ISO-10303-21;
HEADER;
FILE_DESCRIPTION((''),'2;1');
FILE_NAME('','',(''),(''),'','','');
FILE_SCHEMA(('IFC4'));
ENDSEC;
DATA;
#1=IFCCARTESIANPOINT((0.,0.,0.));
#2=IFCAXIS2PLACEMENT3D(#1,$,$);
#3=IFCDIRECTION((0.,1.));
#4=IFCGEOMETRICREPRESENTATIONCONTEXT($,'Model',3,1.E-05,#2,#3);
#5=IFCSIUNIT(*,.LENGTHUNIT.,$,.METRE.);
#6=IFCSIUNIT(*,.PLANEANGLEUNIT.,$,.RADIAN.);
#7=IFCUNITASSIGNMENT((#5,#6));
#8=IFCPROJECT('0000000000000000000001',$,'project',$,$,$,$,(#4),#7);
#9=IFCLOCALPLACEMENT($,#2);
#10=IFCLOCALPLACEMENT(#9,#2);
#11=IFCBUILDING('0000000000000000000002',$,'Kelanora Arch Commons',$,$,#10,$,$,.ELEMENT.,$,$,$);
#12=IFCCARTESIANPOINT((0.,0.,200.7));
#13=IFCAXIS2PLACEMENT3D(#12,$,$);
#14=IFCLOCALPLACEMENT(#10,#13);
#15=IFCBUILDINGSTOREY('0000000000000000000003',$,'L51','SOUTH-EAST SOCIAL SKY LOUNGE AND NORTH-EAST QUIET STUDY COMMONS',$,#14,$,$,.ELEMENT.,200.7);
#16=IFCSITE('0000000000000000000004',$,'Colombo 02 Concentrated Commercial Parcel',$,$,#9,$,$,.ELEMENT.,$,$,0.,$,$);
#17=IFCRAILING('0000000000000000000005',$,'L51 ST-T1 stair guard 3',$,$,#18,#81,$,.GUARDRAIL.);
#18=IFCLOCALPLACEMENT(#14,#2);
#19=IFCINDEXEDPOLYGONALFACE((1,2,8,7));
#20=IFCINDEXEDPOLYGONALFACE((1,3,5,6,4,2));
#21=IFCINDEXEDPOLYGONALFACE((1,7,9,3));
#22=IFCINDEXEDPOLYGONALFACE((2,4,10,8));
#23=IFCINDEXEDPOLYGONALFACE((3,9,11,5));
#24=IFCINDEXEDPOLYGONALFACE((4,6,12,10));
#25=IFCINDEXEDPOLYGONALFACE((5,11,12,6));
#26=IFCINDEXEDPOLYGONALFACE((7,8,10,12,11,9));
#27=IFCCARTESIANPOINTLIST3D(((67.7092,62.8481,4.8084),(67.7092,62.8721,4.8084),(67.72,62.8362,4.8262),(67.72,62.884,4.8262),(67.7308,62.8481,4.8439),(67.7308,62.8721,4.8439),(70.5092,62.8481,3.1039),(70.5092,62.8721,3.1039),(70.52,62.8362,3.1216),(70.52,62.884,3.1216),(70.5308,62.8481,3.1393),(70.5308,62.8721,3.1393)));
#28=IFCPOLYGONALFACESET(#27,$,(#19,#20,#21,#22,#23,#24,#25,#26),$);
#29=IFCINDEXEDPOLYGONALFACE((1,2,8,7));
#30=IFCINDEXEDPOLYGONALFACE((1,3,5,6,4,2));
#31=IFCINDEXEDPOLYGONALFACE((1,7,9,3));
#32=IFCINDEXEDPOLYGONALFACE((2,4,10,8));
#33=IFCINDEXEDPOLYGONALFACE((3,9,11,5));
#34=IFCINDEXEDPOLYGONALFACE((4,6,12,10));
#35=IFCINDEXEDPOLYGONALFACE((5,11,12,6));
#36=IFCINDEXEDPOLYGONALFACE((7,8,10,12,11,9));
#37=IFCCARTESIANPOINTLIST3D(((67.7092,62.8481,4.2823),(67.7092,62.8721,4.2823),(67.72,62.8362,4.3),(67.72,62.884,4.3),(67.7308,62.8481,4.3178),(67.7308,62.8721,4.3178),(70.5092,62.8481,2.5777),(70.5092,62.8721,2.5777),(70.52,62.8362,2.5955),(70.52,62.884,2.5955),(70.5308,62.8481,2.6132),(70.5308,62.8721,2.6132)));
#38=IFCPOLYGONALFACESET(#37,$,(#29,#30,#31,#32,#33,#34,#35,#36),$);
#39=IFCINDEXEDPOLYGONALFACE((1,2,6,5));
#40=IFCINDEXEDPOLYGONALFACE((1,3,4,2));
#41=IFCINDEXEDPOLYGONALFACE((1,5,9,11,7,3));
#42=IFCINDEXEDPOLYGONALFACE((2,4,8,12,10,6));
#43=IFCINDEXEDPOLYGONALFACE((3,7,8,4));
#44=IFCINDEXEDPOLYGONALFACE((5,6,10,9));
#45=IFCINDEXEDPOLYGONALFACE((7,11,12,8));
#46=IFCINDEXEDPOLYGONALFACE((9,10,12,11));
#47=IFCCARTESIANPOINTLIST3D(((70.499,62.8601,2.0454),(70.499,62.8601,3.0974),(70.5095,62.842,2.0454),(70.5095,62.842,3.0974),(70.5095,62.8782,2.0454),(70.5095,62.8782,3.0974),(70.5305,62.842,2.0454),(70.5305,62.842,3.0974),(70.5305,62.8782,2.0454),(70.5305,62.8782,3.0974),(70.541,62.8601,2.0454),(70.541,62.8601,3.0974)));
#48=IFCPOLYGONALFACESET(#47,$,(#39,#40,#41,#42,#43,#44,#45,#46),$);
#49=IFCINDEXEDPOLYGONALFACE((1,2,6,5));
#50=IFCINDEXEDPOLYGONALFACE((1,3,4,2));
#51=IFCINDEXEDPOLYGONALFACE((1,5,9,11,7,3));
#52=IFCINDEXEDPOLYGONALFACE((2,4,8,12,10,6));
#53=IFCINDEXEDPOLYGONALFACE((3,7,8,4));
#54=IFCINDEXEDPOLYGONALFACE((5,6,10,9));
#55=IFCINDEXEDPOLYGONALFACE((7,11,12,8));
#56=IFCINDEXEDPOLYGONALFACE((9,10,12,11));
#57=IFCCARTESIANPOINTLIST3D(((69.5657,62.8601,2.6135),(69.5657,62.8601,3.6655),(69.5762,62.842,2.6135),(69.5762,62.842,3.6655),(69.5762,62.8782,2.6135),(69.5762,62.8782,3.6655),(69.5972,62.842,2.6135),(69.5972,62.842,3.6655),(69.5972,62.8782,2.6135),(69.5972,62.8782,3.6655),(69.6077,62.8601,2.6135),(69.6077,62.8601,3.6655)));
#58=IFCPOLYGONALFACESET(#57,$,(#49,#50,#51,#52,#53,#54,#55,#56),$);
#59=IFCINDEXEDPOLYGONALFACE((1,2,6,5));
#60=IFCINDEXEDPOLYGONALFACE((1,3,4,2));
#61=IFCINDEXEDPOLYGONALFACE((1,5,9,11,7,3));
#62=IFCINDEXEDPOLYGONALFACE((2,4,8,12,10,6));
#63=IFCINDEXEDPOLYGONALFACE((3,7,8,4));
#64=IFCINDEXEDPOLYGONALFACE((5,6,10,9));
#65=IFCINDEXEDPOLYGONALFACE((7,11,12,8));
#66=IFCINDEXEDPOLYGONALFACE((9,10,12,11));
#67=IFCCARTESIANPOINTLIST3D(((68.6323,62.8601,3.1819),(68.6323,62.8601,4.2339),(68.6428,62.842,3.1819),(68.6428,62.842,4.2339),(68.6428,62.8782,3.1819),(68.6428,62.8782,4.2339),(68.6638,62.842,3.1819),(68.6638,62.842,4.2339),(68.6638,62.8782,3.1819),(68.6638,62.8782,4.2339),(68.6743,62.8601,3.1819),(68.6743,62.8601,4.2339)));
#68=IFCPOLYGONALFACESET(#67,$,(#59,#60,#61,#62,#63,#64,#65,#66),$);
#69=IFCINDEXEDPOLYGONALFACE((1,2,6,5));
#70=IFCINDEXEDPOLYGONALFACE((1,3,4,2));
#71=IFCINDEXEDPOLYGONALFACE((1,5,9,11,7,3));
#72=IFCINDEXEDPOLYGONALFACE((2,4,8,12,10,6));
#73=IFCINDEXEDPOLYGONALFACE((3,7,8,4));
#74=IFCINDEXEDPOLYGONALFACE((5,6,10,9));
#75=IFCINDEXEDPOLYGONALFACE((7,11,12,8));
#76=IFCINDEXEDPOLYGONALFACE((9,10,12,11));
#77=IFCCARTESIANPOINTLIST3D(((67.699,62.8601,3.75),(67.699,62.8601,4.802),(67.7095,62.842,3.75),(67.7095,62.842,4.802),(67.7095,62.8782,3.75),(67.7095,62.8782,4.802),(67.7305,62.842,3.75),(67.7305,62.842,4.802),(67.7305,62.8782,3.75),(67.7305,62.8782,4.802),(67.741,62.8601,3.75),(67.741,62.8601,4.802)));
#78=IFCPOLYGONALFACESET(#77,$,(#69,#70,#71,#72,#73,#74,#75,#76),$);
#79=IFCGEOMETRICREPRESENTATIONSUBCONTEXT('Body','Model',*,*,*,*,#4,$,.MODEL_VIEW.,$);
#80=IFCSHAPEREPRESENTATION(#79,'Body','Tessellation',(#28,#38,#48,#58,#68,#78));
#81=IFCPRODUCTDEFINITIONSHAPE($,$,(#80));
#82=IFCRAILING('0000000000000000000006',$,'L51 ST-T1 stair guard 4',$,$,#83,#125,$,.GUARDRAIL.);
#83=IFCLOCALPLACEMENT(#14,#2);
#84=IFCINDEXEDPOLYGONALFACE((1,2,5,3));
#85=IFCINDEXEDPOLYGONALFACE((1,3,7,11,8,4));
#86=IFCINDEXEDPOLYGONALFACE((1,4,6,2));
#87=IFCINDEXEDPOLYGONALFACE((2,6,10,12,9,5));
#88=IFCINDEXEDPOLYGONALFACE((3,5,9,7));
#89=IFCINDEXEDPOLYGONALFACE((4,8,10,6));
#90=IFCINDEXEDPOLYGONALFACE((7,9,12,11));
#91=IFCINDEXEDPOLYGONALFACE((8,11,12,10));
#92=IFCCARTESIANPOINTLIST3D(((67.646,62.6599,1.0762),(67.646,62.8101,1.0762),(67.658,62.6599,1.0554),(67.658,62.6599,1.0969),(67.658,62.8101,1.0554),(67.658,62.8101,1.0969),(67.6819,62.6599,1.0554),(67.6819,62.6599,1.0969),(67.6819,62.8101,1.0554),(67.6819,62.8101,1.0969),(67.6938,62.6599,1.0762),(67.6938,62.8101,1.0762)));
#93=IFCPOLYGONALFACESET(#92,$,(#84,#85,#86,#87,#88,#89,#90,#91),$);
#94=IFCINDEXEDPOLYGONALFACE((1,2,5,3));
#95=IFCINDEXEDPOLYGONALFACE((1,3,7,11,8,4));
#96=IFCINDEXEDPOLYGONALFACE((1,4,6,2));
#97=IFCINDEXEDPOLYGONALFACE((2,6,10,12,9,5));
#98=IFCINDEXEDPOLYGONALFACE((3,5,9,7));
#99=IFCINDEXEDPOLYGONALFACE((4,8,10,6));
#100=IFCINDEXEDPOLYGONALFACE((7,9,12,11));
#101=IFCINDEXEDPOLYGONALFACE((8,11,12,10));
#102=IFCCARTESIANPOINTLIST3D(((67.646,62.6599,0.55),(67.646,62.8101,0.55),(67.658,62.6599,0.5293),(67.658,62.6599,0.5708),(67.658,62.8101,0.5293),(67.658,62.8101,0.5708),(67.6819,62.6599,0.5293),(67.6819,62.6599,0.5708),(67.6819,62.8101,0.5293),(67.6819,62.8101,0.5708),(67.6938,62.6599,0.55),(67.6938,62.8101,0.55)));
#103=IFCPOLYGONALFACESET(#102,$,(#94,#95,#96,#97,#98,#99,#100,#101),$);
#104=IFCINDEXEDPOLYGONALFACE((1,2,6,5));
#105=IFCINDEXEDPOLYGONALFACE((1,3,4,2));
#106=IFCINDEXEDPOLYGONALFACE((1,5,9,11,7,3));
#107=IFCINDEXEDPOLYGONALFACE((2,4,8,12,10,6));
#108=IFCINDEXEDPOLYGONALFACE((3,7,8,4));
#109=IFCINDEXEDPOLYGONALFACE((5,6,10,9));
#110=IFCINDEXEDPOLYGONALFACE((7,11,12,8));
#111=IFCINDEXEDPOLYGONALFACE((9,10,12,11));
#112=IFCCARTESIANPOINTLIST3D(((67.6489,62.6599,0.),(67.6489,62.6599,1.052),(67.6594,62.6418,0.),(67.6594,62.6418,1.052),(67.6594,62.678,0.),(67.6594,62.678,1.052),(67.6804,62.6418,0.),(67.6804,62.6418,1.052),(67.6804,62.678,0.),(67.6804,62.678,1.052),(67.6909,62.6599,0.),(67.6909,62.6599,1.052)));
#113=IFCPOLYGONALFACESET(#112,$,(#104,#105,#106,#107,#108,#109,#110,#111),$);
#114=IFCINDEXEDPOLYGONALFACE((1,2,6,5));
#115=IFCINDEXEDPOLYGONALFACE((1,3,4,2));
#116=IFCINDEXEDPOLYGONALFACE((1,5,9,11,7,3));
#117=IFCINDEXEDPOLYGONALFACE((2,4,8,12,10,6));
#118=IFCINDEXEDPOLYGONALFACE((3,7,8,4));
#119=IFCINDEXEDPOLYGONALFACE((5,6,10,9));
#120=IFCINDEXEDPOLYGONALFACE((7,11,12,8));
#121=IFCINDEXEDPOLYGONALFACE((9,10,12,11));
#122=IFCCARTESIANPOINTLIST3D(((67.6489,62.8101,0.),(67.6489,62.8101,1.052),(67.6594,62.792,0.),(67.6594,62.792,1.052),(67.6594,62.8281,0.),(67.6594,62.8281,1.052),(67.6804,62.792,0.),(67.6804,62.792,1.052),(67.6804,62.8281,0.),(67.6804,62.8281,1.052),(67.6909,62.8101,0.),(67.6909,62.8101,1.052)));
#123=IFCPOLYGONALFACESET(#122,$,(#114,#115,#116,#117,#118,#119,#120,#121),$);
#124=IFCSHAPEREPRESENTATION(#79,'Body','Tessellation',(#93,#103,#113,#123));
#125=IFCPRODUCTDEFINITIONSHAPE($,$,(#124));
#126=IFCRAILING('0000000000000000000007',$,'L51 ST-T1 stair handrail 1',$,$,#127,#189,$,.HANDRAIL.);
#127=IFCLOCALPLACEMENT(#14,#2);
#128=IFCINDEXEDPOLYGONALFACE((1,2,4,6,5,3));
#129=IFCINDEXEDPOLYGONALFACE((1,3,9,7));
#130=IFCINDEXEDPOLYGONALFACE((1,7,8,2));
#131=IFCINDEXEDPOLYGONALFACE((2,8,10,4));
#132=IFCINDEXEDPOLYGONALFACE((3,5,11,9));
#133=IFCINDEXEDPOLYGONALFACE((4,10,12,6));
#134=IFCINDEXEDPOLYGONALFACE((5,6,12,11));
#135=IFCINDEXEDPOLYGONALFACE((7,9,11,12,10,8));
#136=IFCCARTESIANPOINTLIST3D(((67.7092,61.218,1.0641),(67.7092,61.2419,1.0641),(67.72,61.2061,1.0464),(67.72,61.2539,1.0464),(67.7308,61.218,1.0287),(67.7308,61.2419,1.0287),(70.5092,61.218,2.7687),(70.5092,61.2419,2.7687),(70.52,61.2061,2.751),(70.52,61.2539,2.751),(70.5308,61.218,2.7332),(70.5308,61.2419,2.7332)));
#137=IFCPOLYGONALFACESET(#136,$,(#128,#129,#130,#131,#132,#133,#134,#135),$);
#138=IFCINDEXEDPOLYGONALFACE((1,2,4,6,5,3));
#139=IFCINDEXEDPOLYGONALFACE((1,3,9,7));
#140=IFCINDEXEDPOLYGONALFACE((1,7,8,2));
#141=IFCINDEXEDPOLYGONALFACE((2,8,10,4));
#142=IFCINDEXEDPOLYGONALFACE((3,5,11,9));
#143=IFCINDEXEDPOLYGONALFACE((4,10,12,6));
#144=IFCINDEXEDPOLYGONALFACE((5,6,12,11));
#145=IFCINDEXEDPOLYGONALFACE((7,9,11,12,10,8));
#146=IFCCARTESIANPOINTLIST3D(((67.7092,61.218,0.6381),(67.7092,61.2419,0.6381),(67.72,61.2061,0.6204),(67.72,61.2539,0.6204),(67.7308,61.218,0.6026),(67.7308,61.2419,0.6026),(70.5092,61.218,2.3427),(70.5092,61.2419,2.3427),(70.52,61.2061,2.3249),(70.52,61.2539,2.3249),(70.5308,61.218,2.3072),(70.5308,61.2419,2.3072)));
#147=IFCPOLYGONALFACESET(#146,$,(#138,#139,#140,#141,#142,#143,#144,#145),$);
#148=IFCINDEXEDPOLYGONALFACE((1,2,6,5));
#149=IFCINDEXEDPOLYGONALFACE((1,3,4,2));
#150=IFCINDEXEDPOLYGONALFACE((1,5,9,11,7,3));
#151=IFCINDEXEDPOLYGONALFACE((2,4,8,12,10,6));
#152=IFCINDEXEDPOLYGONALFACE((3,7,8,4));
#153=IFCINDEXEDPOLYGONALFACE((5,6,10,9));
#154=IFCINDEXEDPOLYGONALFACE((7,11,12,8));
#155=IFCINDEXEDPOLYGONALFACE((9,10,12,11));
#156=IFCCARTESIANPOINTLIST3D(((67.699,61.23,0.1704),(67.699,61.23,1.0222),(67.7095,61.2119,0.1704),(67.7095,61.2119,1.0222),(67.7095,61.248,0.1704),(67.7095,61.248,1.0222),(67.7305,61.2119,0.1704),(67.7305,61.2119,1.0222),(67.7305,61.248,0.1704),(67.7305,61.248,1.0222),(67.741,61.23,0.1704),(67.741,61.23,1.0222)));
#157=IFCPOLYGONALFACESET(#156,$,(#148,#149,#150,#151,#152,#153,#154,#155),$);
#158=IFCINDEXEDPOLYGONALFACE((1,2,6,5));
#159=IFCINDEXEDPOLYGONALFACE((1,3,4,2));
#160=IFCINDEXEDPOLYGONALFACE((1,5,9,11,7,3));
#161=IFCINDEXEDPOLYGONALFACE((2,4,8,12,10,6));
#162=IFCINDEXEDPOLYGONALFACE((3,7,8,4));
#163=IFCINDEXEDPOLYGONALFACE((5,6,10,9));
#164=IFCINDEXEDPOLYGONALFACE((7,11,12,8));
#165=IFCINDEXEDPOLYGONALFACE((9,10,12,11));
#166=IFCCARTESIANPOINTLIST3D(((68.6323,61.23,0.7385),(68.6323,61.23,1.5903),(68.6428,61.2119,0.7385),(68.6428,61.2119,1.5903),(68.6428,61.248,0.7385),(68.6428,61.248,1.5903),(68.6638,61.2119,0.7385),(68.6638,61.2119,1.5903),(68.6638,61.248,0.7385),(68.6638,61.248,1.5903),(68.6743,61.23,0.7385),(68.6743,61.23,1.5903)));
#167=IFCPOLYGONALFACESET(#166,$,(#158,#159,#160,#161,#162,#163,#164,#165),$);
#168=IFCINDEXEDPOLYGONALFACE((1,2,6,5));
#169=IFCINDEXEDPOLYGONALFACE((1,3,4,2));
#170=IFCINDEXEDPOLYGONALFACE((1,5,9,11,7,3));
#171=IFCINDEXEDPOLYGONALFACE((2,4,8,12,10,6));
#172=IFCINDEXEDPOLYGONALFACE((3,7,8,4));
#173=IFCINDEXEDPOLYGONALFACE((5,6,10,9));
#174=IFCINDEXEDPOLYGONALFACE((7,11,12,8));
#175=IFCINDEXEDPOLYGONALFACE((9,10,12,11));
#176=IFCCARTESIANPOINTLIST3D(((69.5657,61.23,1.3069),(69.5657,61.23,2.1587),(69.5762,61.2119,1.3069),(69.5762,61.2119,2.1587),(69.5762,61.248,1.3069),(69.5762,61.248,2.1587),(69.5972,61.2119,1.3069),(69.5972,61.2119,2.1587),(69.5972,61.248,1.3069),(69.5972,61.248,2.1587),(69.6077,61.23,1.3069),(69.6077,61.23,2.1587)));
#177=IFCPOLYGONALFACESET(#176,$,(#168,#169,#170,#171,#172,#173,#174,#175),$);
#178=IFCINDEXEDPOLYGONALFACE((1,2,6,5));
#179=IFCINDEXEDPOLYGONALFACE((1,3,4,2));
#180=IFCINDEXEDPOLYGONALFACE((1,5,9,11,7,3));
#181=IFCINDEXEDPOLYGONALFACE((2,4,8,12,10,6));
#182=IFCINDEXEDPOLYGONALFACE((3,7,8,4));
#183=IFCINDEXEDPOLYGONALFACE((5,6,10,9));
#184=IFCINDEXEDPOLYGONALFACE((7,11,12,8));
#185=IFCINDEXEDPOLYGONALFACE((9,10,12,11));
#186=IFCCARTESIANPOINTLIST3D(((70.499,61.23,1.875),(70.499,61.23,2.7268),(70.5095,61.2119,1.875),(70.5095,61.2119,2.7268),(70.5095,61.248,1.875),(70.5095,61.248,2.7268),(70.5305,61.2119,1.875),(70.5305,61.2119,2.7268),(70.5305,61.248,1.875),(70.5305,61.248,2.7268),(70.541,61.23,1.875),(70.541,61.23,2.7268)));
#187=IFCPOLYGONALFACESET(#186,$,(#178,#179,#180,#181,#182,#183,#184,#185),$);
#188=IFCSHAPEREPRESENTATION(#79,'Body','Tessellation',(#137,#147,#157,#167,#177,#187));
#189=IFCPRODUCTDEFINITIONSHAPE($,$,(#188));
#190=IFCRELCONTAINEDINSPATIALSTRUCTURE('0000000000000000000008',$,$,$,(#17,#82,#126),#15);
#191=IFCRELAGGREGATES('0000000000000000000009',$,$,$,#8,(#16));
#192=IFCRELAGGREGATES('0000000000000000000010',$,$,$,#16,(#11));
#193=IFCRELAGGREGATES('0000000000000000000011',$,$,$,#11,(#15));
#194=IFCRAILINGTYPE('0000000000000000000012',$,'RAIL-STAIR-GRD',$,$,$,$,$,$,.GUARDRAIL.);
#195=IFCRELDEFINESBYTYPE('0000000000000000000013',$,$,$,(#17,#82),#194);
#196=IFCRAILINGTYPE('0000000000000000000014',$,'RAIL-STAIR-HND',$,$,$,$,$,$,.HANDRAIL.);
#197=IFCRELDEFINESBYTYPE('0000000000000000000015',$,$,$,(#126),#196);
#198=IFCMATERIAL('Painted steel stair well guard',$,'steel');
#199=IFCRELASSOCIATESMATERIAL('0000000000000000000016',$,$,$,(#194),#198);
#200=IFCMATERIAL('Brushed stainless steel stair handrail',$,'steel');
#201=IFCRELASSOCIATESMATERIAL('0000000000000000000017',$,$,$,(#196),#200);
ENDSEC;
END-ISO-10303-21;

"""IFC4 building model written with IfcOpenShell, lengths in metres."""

from ifc_helpers import new_model, si_unit, direction, frame, origin, place, context, subcontext, project, spatial, polyline, outline, extrude, material, type_object, element, save


model = new_model("IFC4")

# Units and contexts
model_context = context("Model", 3, precision=1e-05, world=origin(), true_north=direction((0.0, 1.0)))
body_context = subcontext(model_context, "Body", "Model", "MODEL_VIEW")
ifc_project = project(units=[si_unit("LENGTHUNIT", "METRE"), si_unit("PLANEANGLEUNIT", "RADIAN")], contexts=[model_context])

# Site, building, storey
site_placement = place(None, origin())
site = spatial("IfcSite", under=ifc_project, at=site_placement, Name="Colombo 02 Concentrated Commercial Parcel", CompositionType="ELEMENT", RefElevation=0.0)
building_placement = place(site_placement, origin())
building = spatial("IfcBuilding", under=site, at=building_placement, Name="Kelanora Arch Commons", CompositionType="ELEMENT")
storey_placement = place(building_placement, frame((0.0, 0.0, 200.7)))
storey = spatial("IfcBuildingStorey", under=building, at=storey_placement, Name="L51", Description="SOUTH-EAST SOCIAL SKY LOUNGE AND NORTH-EAST QUIET STUDY COMMONS", CompositionType="ELEMENT", Elevation=200.7)

# Railings
ifc_material_1 = material(Name="Painted steel stair well guard", Category="steel")
railing_type_1 = type_object("IfcRailingType", Name="RAIL-STAIR-GRD", PredefinedType="GUARDRAIL", material=ifc_material_1)
railing_1_placement = place(storey_placement, frame((70.52, 62.8601, 2.0454)))
element("IfcRailing", 1, at=railing_1_placement, inside=storey, type_object=railing_type_1, Name="L51 ST-T1 stair guard 3", PredefinedType="GUARDRAIL", context=body_context, shape_type="SweptSolid", body=[
    extrude(outline(polyline([(0.0239, 0.0), (0.012, 0.0208), (-0.012, 0.0208), (-0.0239, 0.0), (-0.012, -0.0208), (0.012, -0.0208), (0.0239, 0.0)])), frame((0.0, 0.0, 1.0762), z_axis=(-0.85417, 0.0, 0.519994), x_axis=(0.0, -1.0, 0.0)), (0.0, 0.0, 1.0), 3.2781),
    extrude(outline(polyline([(0.0239, 0.0), (0.012, 0.0208), (-0.012, 0.0208), (-0.0239, 0.0), (-0.012, -0.0208), (0.012, -0.0208), (0.0239, 0.0)])), frame((0.0, 0.0, 0.55), z_axis=(-0.85417, 0.0, 0.519994), x_axis=(0.0, -1.0, 0.0)), (0.0, 0.0, 1.0), 3.2781),
    extrude(outline(polyline([(0.021, 0.0), (0.0105, 0.0181), (-0.0105, 0.0181), (-0.021, 0.0), (-0.0105, -0.0181), (0.0105, -0.0181), (0.021, 0.0)])), origin(), (0.0, 0.0, 1.0), 1.052),
    extrude(outline(polyline([(0.021, 0.0), (0.0105, 0.0181), (-0.0105, 0.0181), (-0.021, 0.0), (-0.0105, -0.0181), (0.0105, -0.0181), (0.021, 0.0)])), frame((-0.9333, 0.0, 0.5681)), (0.0, 0.0, 1.0), 1.052),
    extrude(outline(polyline([(0.021, 0.0), (0.0105, 0.0181), (-0.0105, 0.0181), (-0.021, 0.0), (-0.0105, -0.0181), (0.0105, -0.0181), (0.021, 0.0)])), frame((-1.8667, 0.0, 1.1365)), (0.0, 0.0, 1.0), 1.052),
    extrude(outline(polyline([(0.021, 0.0), (0.0105, 0.0181), (-0.0105, 0.0181), (-0.021, 0.0), (-0.0105, -0.0181), (0.0105, -0.0181), (0.021, 0.0)])), frame((-2.8, 0.0, 1.7046)), (0.0, 0.0, 1.0), 1.052),
])
railing_2_placement = place(storey_placement, frame((67.6699, 62.6599, 0.0)))
element("IfcRailing", 2, at=railing_2_placement, inside=storey, type_object=railing_type_1, Name="L51 ST-T1 stair guard 4", PredefinedType="GUARDRAIL", context=body_context, shape_type="SweptSolid", body=[
    extrude(outline(polyline([(0.0239, 0.0), (0.012, 0.0208), (-0.012, 0.0208), (-0.0239, 0.0), (-0.012, -0.0208), (0.012, -0.0208), (0.0239, 0.0)])), frame((0.0, 0.0, 1.0762), z_axis=(0.0, 1.0, 0.0), x_axis=(-1.0, 0.0, 0.0)), (0.0, 0.0, 1.0), 0.1501),
    extrude(outline(polyline([(0.0239, 0.0), (0.012, 0.0208), (-0.012, 0.0208), (-0.0239, 0.0), (-0.012, -0.0208), (0.012, -0.0208), (0.0239, 0.0)])), frame((0.0, 0.0, 0.55), z_axis=(0.0, 1.0, 0.0), x_axis=(-1.0, 0.0, 0.0)), (0.0, 0.0, 1.0), 0.1501),
    extrude(outline(polyline([(0.021, 0.0), (0.0105, 0.0181), (-0.0105, 0.0181), (-0.021, 0.0), (-0.0105, -0.0181), (0.0105, -0.0181), (0.021, 0.0)])), origin(), (0.0, 0.0, 1.0), 1.052),
    extrude(outline(polyline([(0.021, 0.0), (0.0105, 0.0181), (-0.0105, 0.0181), (-0.021, 0.0), (-0.0105, -0.0181), (0.0105, -0.0181), (0.021, 0.0)])), frame((0.0, 0.1501, 0.0)), (0.0, 0.0, 1.0), 1.052),
])
ifc_material_2 = material(Name="Brushed stainless steel stair handrail", Category="steel")
railing_type_2 = type_object("IfcRailingType", Name="RAIL-STAIR-HND", PredefinedType="HANDRAIL", material=ifc_material_2)
railing_3_placement = place(storey_placement, frame((67.72, 61.23, 0.1704)))
element("IfcRailing", 3, at=railing_3_placement, inside=storey, type_object=railing_type_2, Name="L51 ST-T1 stair handrail 1", PredefinedType="HANDRAIL", context=body_context, shape_type="SweptSolid", body=[
    extrude(outline(polyline([(0.0239, 0.0), (0.012, 0.0208), (-0.012, 0.0208), (-0.0239, 0.0), (-0.012, -0.0208), (0.012, -0.0208), (0.0239, 0.0)])), frame((0.0, 0.0, 0.876), z_axis=(0.85417, 0.0, 0.519994), x_axis=(0.0, 1.0, 0.0)), (0.0, 0.0, 1.0), 3.2781),
    extrude(outline(polyline([(0.0239, 0.0), (0.012, 0.0208), (-0.012, 0.0208), (-0.0239, 0.0), (-0.012, -0.0208), (0.012, -0.0208), (0.0239, 0.0)])), frame((0.0, 0.0, 0.45), z_axis=(0.85417, 0.0, 0.519994), x_axis=(0.0, 1.0, 0.0)), (0.0, 0.0, 1.0), 3.2781),
    extrude(outline(polyline([(0.021, 0.0), (0.0105, 0.0181), (-0.0105, 0.0181), (-0.021, 0.0), (-0.0105, -0.0181), (0.0105, -0.0181), (0.021, 0.0)])), origin(), (0.0, 0.0, 1.0), 0.8518),
    extrude(outline(polyline([(0.021, 0.0), (0.0105, 0.0181), (-0.0105, 0.0181), (-0.021, 0.0), (-0.0105, -0.0181), (0.0105, -0.0181), (0.021, 0.0)])), frame((0.9333, 0.0, 0.5681)), (0.0, 0.0, 1.0), 0.8518),
    extrude(outline(polyline([(0.021, 0.0), (0.0105, 0.0181), (-0.0105, 0.0181), (-0.021, 0.0), (-0.0105, -0.0181), (0.0105, -0.0181), (0.021, 0.0)])), frame((1.8667, 0.0, 1.1365)), (0.0, 0.0, 1.0), 0.8518),
    extrude(outline(polyline([(0.021, 0.0), (0.0105, 0.0181), (-0.0105, 0.0181), (-0.021, 0.0), (-0.0105, -0.0181), (0.0105, -0.0181), (0.021, 0.0)])), frame((2.8, 0.0, 1.7046)), (0.0, 0.0, 1.0), 0.8518),
])

save(model, "model.ifc")
